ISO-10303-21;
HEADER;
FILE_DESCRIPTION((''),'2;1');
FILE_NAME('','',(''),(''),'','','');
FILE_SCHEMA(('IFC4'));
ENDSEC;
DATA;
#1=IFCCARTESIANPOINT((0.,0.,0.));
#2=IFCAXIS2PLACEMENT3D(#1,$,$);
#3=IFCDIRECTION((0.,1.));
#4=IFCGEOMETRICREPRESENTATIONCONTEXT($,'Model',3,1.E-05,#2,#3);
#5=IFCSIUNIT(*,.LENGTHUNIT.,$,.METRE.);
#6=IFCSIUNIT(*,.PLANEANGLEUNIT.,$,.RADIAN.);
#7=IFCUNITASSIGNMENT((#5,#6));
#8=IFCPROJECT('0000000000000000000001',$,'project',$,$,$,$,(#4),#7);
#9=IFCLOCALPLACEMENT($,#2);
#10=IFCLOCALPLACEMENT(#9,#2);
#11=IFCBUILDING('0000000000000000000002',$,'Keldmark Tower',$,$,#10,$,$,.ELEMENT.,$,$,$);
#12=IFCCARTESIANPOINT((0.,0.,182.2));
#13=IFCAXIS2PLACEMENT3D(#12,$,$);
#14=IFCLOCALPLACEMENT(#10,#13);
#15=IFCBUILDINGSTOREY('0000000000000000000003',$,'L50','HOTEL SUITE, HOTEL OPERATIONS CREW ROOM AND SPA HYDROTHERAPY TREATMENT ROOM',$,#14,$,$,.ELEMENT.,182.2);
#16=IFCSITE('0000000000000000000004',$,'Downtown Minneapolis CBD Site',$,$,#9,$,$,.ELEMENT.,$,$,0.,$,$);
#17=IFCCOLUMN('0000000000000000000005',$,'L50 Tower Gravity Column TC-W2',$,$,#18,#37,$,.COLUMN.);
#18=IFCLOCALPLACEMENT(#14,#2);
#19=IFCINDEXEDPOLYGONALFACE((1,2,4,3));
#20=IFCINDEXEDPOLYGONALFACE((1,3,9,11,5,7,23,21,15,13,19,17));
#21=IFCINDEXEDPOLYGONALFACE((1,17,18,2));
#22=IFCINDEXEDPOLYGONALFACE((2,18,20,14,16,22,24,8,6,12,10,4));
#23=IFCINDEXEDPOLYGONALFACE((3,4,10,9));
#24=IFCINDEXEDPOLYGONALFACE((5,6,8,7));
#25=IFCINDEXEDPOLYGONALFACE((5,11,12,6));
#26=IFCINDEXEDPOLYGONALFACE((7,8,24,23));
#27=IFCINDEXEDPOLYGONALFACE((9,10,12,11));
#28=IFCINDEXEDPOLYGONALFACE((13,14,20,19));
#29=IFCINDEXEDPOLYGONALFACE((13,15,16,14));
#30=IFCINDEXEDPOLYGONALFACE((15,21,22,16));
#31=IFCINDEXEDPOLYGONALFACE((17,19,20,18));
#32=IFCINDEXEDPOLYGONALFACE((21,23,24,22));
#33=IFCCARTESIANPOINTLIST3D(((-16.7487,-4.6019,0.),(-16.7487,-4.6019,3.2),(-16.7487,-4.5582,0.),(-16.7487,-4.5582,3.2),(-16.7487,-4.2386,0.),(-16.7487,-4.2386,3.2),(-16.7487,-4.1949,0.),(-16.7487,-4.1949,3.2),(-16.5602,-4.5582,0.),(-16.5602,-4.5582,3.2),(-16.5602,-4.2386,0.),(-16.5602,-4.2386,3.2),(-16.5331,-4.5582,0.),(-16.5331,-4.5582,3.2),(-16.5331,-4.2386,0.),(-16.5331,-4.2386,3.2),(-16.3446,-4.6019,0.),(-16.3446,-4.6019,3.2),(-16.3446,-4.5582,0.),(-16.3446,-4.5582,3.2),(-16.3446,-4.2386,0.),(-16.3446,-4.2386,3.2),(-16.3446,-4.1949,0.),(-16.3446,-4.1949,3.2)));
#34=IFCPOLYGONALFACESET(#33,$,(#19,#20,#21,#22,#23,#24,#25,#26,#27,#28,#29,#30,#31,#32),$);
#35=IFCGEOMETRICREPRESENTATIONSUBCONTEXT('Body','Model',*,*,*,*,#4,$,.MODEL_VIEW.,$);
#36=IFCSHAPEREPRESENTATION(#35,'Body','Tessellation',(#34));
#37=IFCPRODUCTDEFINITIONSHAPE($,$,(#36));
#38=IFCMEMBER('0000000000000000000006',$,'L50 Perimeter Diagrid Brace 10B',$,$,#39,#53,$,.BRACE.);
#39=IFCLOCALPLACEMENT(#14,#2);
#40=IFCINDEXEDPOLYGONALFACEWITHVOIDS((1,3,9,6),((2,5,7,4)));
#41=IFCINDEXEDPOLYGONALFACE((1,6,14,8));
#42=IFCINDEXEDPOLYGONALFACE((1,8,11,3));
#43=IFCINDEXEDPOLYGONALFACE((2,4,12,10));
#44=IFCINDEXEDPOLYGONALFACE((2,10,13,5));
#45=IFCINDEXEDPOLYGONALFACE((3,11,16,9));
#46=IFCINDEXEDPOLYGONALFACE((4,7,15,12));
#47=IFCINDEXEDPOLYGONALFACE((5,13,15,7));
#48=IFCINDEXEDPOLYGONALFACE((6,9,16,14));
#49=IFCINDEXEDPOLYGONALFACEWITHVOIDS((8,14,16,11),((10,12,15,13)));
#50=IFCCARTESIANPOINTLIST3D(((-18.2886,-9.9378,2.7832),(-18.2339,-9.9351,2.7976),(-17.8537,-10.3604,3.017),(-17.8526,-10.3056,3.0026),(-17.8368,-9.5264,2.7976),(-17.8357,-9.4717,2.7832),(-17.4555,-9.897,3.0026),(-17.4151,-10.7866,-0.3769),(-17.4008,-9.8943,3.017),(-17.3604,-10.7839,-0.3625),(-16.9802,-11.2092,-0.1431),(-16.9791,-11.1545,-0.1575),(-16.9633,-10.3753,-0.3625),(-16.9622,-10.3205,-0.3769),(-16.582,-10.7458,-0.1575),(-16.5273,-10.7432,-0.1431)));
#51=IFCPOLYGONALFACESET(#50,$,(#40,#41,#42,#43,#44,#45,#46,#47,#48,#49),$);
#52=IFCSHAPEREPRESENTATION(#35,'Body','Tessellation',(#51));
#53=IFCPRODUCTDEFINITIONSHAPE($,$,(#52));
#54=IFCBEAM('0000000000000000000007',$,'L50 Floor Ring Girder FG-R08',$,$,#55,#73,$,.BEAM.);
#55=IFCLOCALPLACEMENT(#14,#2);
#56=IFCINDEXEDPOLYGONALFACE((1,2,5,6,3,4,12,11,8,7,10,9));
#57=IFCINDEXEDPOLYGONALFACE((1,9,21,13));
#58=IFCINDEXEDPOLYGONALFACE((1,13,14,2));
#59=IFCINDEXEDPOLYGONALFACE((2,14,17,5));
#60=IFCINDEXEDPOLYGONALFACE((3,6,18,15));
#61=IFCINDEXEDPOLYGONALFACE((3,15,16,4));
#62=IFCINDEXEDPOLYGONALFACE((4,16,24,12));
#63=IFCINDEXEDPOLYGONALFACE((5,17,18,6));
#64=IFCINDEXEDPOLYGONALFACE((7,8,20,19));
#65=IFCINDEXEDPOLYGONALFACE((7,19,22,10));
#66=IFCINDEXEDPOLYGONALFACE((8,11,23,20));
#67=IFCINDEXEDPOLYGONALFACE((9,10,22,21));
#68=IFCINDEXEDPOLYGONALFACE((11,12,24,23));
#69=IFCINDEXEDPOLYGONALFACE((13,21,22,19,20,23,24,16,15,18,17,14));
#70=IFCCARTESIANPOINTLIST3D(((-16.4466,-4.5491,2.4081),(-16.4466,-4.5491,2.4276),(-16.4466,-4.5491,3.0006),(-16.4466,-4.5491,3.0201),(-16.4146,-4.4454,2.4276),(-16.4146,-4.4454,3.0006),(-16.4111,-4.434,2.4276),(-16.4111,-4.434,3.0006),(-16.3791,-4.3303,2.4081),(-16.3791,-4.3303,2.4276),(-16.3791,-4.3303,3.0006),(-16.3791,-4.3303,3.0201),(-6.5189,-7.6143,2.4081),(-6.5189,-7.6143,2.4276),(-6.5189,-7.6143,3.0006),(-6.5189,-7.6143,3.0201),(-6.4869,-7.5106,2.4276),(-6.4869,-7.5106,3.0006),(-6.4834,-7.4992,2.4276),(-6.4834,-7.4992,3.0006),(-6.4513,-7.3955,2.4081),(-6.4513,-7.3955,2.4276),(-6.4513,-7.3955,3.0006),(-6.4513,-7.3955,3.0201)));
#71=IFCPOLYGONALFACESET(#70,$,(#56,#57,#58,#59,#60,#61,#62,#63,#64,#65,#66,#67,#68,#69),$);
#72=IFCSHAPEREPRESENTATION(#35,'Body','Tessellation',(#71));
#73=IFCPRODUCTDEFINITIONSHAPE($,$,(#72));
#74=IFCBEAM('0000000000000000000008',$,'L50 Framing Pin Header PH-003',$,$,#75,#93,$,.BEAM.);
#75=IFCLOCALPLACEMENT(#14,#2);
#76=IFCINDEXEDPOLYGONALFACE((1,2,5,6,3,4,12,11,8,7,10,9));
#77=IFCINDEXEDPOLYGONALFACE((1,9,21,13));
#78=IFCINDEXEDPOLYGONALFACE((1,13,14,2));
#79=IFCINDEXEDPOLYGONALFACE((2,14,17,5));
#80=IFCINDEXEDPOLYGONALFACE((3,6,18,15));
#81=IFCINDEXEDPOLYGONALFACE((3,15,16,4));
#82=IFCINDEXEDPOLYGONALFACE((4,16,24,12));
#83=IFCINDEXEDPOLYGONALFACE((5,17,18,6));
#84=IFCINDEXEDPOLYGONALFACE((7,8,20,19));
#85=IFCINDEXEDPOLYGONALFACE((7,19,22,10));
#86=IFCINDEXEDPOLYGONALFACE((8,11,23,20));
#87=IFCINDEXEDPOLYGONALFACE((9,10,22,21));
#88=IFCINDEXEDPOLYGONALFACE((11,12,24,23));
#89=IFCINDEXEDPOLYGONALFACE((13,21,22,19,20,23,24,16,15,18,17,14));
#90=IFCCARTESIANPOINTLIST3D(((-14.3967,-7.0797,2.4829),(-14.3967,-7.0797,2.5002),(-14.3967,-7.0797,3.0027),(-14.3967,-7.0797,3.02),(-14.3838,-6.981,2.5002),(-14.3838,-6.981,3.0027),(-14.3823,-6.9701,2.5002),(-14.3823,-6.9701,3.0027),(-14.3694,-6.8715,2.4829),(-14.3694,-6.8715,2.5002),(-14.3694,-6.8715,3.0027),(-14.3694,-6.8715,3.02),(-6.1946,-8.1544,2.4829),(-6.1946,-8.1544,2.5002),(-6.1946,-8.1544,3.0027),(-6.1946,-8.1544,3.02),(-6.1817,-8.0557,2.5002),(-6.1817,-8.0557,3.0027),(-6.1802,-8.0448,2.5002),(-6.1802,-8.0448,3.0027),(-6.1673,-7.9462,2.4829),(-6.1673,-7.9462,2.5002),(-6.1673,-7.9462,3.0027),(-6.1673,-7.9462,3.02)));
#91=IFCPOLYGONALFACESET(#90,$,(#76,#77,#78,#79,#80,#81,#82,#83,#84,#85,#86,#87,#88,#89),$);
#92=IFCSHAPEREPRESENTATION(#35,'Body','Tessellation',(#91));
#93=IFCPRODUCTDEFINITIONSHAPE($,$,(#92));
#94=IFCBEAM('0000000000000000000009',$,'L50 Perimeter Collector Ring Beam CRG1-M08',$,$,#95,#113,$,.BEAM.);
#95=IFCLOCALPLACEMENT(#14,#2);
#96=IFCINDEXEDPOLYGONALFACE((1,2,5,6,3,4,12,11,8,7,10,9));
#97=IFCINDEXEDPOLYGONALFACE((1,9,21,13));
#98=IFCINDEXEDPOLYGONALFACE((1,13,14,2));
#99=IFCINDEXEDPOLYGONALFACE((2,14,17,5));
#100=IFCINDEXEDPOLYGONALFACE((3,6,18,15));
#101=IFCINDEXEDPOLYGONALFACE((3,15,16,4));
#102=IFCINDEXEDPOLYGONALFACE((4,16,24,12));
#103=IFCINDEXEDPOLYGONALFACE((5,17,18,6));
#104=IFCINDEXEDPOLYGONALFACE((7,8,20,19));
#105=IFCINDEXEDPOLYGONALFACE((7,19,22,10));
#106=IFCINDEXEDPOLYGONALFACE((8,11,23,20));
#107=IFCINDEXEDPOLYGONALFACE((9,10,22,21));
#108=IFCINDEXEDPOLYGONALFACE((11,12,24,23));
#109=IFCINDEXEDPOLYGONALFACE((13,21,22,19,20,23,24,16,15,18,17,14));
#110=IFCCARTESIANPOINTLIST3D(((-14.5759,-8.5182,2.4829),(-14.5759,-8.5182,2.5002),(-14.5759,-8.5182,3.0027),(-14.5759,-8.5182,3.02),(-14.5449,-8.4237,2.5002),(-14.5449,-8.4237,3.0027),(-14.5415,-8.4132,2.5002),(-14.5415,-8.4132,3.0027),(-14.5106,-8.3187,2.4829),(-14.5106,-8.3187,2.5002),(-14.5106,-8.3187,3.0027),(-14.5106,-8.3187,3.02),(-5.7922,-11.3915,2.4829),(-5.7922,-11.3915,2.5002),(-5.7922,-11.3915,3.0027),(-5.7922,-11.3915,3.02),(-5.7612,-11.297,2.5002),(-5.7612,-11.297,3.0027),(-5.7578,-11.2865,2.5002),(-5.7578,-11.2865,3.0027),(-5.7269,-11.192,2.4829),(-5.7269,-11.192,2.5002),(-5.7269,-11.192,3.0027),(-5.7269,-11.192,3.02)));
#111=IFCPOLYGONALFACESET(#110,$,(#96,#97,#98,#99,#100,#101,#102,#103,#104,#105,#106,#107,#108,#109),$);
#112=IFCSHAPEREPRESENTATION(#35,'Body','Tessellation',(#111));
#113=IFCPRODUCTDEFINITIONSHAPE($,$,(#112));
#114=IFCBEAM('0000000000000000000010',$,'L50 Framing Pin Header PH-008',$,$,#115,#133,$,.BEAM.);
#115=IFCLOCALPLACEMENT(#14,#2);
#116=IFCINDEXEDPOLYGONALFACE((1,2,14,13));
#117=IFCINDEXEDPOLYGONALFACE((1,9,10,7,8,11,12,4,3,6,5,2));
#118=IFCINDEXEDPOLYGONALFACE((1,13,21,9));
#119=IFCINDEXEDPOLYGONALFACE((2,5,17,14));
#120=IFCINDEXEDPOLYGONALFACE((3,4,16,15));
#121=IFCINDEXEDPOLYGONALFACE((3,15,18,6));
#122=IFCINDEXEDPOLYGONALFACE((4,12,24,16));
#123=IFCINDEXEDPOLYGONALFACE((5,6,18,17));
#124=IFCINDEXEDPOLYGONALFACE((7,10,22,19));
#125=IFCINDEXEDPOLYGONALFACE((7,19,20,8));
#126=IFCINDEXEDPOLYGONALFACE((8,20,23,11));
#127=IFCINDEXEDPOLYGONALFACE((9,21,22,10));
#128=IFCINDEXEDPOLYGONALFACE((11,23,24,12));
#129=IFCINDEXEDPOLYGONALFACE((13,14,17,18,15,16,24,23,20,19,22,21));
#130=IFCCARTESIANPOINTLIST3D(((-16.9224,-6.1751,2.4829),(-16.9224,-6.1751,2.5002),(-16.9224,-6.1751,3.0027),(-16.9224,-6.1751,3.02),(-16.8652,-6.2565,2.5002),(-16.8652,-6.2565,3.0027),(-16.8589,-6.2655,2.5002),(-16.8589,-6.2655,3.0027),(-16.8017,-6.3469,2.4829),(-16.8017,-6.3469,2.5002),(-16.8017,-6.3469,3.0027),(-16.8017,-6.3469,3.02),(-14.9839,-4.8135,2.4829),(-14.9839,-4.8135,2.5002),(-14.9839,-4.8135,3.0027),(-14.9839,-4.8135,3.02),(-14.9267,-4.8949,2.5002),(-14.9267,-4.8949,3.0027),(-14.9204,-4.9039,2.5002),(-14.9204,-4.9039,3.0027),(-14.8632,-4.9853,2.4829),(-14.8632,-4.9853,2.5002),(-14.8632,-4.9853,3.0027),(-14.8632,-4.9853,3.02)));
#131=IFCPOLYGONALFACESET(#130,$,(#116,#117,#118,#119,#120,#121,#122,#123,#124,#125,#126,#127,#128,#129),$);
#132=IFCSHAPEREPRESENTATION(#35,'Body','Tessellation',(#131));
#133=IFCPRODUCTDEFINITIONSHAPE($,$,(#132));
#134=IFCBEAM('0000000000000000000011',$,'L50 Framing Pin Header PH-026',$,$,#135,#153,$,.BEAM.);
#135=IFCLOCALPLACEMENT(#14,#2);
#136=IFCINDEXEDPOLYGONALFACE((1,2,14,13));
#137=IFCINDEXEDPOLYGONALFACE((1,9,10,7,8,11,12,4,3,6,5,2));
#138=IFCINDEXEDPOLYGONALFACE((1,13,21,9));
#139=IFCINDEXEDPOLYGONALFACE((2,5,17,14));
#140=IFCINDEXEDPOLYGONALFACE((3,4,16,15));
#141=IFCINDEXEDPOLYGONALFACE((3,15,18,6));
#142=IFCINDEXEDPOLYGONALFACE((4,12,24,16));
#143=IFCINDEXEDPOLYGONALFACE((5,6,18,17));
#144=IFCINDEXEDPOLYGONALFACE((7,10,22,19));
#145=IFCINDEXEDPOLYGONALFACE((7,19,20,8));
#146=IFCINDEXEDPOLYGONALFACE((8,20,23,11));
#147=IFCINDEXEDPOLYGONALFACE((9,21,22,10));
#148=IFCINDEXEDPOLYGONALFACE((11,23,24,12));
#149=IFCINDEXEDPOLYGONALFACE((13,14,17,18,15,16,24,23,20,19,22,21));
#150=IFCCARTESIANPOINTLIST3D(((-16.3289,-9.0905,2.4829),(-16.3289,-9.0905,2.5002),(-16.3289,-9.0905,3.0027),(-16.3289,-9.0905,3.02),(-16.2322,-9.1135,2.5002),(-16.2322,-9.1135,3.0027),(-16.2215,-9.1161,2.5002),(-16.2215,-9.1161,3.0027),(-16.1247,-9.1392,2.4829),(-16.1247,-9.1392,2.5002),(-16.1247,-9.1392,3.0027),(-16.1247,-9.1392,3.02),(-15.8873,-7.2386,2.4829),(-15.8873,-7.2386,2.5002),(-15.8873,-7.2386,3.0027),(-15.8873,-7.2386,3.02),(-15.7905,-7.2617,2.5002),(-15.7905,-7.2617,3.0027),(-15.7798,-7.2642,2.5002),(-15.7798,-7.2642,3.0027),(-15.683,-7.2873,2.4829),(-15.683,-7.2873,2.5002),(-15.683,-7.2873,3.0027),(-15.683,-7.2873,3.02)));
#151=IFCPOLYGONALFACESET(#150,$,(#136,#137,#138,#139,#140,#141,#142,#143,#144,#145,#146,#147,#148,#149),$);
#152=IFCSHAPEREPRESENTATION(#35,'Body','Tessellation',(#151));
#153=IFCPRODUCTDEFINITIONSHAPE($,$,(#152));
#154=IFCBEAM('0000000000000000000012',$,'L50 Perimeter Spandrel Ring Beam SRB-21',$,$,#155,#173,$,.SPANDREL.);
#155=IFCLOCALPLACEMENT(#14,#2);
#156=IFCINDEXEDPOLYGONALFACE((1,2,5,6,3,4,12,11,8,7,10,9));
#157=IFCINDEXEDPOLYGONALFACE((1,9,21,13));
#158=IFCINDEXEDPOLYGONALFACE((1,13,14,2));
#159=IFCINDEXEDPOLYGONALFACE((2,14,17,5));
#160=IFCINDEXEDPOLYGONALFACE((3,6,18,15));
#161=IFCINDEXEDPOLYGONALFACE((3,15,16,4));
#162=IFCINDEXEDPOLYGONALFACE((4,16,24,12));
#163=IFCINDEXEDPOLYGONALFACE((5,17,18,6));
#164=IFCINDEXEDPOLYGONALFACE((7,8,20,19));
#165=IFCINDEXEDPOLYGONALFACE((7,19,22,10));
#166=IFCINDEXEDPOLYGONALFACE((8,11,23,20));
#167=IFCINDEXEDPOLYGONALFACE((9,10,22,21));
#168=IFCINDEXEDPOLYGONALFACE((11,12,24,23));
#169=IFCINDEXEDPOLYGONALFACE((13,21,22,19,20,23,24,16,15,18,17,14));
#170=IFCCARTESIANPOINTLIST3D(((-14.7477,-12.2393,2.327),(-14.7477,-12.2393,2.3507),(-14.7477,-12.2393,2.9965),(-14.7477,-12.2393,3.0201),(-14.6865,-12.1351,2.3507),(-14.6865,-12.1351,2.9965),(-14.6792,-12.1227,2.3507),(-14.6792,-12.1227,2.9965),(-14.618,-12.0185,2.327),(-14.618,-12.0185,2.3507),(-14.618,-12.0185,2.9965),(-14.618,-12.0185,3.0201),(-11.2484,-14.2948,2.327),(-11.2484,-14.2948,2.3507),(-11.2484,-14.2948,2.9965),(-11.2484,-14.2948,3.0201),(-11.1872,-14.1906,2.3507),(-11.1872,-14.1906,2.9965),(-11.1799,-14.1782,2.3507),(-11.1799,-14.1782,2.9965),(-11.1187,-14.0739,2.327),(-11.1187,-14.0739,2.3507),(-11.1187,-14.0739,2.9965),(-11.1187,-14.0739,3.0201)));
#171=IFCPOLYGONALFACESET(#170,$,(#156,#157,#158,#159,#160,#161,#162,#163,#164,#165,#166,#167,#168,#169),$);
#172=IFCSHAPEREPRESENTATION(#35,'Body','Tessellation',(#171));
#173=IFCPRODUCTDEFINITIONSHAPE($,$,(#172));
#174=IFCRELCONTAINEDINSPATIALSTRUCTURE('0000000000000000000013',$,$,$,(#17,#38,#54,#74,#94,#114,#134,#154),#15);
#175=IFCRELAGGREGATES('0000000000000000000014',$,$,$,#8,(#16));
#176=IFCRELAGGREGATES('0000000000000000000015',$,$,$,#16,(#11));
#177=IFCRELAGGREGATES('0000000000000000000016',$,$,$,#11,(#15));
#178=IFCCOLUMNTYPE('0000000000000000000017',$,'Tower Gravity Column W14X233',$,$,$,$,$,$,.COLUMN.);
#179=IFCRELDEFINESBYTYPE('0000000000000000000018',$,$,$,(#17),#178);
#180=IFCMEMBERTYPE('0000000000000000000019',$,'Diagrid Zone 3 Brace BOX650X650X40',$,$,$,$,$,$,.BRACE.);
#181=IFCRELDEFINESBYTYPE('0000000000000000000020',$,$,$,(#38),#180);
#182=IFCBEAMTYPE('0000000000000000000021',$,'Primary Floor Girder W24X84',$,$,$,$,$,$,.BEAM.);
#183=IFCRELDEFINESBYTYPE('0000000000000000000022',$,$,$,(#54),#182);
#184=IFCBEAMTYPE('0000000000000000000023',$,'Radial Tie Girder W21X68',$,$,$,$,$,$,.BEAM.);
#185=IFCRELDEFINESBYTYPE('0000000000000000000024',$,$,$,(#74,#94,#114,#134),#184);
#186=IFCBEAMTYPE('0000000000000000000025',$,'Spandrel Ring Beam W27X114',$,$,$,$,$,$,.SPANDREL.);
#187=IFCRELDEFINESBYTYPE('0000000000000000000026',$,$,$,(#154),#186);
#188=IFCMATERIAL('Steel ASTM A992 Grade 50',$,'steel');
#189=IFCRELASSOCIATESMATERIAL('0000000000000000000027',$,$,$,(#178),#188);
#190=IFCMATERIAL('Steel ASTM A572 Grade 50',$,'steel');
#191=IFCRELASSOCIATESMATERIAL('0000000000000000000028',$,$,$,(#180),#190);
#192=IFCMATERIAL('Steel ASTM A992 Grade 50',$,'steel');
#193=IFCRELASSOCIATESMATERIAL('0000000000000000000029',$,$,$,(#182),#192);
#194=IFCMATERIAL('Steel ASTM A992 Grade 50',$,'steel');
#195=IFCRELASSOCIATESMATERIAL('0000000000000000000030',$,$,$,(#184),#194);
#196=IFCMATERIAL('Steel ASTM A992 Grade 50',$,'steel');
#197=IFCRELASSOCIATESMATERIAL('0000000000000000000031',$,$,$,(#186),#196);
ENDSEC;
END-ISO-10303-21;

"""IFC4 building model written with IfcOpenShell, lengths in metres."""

from ifc_helpers import new_model, si_unit, direction, frame, origin, origin_2d, place, context, subcontext, project, spatial, hollow_rectangle, i_section, extrude, material, material_profile, profile_set, type_object, element, save


model = new_model("IFC4")

# Units and contexts
model_context = context("Model", 3, precision=1e-05, world=origin(), true_north=direction((0.0, 1.0)))
body_context = subcontext(model_context, "Body", "Model", "MODEL_VIEW")
ifc_project = project(units=[si_unit("LENGTHUNIT", "METRE"), si_unit("PLANEANGLEUNIT", "RADIAN")], contexts=[model_context])

# Site, building, storey
site_placement = place(None, origin())
site = spatial("IfcSite", under=ifc_project, at=site_placement, Name="Downtown Minneapolis CBD Site", CompositionType="ELEMENT", RefElevation=0.0)
building_placement = place(site_placement, origin())
building = spatial("IfcBuilding", under=site, at=building_placement, Name="Keldmark Tower", CompositionType="ELEMENT")
storey_placement = place(building_placement, frame((0.0, 0.0, 182.2)))
storey = spatial("IfcBuildingStorey", under=building, at=storey_placement, Name="L50", Description="HOTEL SUITE, HOTEL OPERATIONS CREW ROOM AND SPA HYDROTHERAPY TREATMENT ROOM", CompositionType="ELEMENT", Elevation=182.2)

# Column
ifc_material_1 = material(Name="Steel ASTM A992 Grade 50", Category="steel")
ifc_material_profile_1 = material_profile(ifc_material_1, i_section(OverallWidth=0.4041, OverallDepth=0.407, WebThickness=0.0271, FlangeThickness=0.0437, at=origin_2d()), Name="W14X233")
ifc_profile_set_1 = profile_set([ifc_material_profile_1], Name="Steel ASTM A992 Grade 50")
column_type = type_object("IfcColumnType", Name="Tower Gravity Column W14X233", PredefinedType="COLUMN", material=ifc_profile_set_1)
column_placement = place(storey_placement, frame((-16.5466, -4.3984, 0.0), z_axis=(0.0, 0.0, 1.0), x_axis=(1.0, 0.0, 0.0)))
element("IfcColumn", 1, at=column_placement, inside=storey, type_object=column_type, Name="L50 Tower Gravity Column TC-W2", PredefinedType="COLUMN", context=body_context, shape_type="SweptSolid", body=[
    extrude(i_section(OverallWidth=0.4041, OverallDepth=0.407, WebThickness=0.0271, FlangeThickness=0.0437, at=origin_2d()), origin(), (0.0, 0.0, 1.0), 3.2),
])

# Member
ifc_material_2 = material(Name="Steel ASTM A572 Grade 50", Category="steel")
ifc_material_profile_2 = material_profile(ifc_material_2, hollow_rectangle(XDim=0.6499, YDim=0.6499, WallThickness=0.04, at=origin_2d()), Name="BOX650X650X40")
ifc_profile_set_2 = profile_set([ifc_material_profile_2], Name="Steel ASTM A572 Grade 50")
member_type = type_object("IfcMemberType", Name="Diagrid Zone 3 Brace BOX650X650X40", PredefinedType="BRACE", material=ifc_profile_set_2)
member_placement = place(storey_placement, frame((-16.9712, -10.7649, -0.26), z_axis=(-0.257925, 0.250645, 0.933087), x_axis=(-0.696912, -0.717156, 0.0)))
element("IfcMember", 2, at=member_placement, inside=storey, type_object=member_type, Name="L50 Perimeter Diagrid Brace 10B", PredefinedType="BRACE", context=body_context, shape_type="SweptSolid", body=[
    extrude(hollow_rectangle(XDim=0.6499, YDim=0.6499, WallThickness=0.04, at=origin_2d()), origin(), (0.0, 0.0, 1.0), 3.3867),
])

# Beams
ifc_material_3 = material(Name="Steel ASTM A992 Grade 50", Category="steel")
ifc_material_profile_3 = material_profile(ifc_material_3, i_section(OverallWidth=0.229, OverallDepth=0.6121, WebThickness=0.012, FlangeThickness=0.0195, at=origin_2d()), Name="W24X84")
ifc_profile_set_3 = profile_set([ifc_material_profile_3], Name="Steel ASTM A992 Grade 50")
beam_type_1 = type_object("IfcBeamType", Name="Primary Floor Girder W24X84", PredefinedType="BEAM", material=ifc_profile_set_3)
beam_1_placement = place(storey_placement, frame((-16.4128, -4.4397, 2.7141), z_axis=(0.955495, -0.295009, 0.0), x_axis=(0.295009, 0.955495, 0.0)))
element("IfcBeam", 3, at=beam_1_placement, inside=storey, type_object=beam_type_1, Name="L50 Floor Ring Girder FG-R08", PredefinedType="BEAM", context=body_context, shape_type="SweptSolid", body=[
    extrude(i_section(OverallWidth=0.229, OverallDepth=0.6121, WebThickness=0.012, FlangeThickness=0.0195, at=origin_2d()), origin(), (0.0, 0.0, 1.0), 10.3901),
])
ifc_material_4 = material(Name="Steel ASTM A992 Grade 50", Category="steel")
ifc_material_profile_4 = material_profile(ifc_material_4, i_section(OverallWidth=0.21, OverallDepth=0.5371, WebThickness=0.011, FlangeThickness=0.0173, at=origin_2d()), Name="W21X68")
ifc_profile_set_4 = profile_set([ifc_material_profile_4], Name="Steel ASTM A992 Grade 50")
beam_type_2 = type_object("IfcBeamType", Name="Radial Tie Girder W21X68", PredefinedType="BEAM", material=ifc_profile_set_4)
beam_2_placement = place(storey_placement, frame((-14.3831, -6.9756, 2.7515), z_axis=(0.991525, -0.129917, 0.0), x_axis=(0.129917, 0.991525, 0.0)))
element("IfcBeam", 4, at=beam_2_placement, inside=storey, type_object=beam_type_2, Name="L50 Framing Pin Header PH-003", PredefinedType="BEAM", context=body_context, shape_type="SweptSolid", body=[
    extrude(i_section(OverallWidth=0.21, OverallDepth=0.5371, WebThickness=0.011, FlangeThickness=0.0173, at=origin_2d()), origin(), (0.0, 0.0, 1.0), 8.2722),
])
beam_3_placement = place(storey_placement, frame((-14.5432, -8.4185, 2.7515), z_axis=(0.950441, -0.310905, 0.0), x_axis=(0.310905, 0.950441, 0.0)))
element("IfcBeam", 5, at=beam_3_placement, inside=storey, type_object=beam_type_2, Name="L50 Perimeter Collector Ring Beam CRG1-M08", PredefinedType="BEAM", context=body_context, shape_type="SweptSolid", body=[
    extrude(i_section(OverallWidth=0.21, OverallDepth=0.5371, WebThickness=0.011, FlangeThickness=0.0173, at=origin_2d()), origin(), (0.0, 0.0, 1.0), 9.2417),
])
beam_4_placement = place(storey_placement, frame((-14.9236, -4.8994, 2.7515), z_axis=(-0.818311, -0.574776, 0.0), x_axis=(0.574776, -0.818311, 0.0)))
element("IfcBeam", 6, at=beam_4_placement, inside=storey, type_object=beam_type_2, Name="L50 Framing Pin Header PH-008", PredefinedType="BEAM", context=body_context, shape_type="SweptSolid", body=[
    extrude(i_section(OverallWidth=0.21, OverallDepth=0.5371, WebThickness=0.011, FlangeThickness=0.0173, at=origin_2d()), origin(), (0.0, 0.0, 1.0), 2.3689),
])
beam_5_placement = place(storey_placement, frame((-15.7852, -7.2629, 2.7515), z_axis=(-0.23199, -0.972718, 0.0), x_axis=(0.972718, -0.23199, 0.0)))
element("IfcBeam", 7, at=beam_5_placement, inside=storey, type_object=beam_type_2, Name="L50 Framing Pin Header PH-026", PredefinedType="BEAM", context=body_context, shape_type="SweptSolid", body=[
    extrude(i_section(OverallWidth=0.21, OverallDepth=0.5371, WebThickness=0.011, FlangeThickness=0.0173, at=origin_2d()), origin(), (0.0, 0.0, 1.0), 1.9038),
])
ifc_material_5 = material(Name="Steel ASTM A992 Grade 50", Category="steel")
ifc_material_profile_5 = material_profile(ifc_material_5, i_section(OverallWidth=0.2561, OverallDepth=0.6931, WebThickness=0.0144, FlangeThickness=0.0237, at=origin_2d()), Name="W27X114")
ifc_profile_set_5 = profile_set([ifc_material_profile_5], Name="Steel ASTM A992 Grade 50")
beam_type_3 = type_object("IfcBeamType", Name="Spandrel Ring Beam W27X114", PredefinedType="SPANDREL", material=ifc_profile_set_5)
beam_6_placement = place(storey_placement, frame((-14.6829, -12.1289, 2.6736), z_axis=(0.862254, -0.506476, 0.0), x_axis=(0.506476, 0.862254, 0.0)))
element("IfcBeam", 8, at=beam_6_placement, inside=storey, type_object=beam_type_3, Name="L50 Perimeter Spandrel Ring Beam SRB-21", PredefinedType="SPANDREL", context=body_context, shape_type="SweptSolid", body=[
    extrude(i_section(OverallWidth=0.2561, OverallDepth=0.6931, WebThickness=0.0144, FlangeThickness=0.0237, at=origin_2d()), origin(), (0.0, 0.0, 1.0), 4.0583),
])

save(model, "model.ifc")
